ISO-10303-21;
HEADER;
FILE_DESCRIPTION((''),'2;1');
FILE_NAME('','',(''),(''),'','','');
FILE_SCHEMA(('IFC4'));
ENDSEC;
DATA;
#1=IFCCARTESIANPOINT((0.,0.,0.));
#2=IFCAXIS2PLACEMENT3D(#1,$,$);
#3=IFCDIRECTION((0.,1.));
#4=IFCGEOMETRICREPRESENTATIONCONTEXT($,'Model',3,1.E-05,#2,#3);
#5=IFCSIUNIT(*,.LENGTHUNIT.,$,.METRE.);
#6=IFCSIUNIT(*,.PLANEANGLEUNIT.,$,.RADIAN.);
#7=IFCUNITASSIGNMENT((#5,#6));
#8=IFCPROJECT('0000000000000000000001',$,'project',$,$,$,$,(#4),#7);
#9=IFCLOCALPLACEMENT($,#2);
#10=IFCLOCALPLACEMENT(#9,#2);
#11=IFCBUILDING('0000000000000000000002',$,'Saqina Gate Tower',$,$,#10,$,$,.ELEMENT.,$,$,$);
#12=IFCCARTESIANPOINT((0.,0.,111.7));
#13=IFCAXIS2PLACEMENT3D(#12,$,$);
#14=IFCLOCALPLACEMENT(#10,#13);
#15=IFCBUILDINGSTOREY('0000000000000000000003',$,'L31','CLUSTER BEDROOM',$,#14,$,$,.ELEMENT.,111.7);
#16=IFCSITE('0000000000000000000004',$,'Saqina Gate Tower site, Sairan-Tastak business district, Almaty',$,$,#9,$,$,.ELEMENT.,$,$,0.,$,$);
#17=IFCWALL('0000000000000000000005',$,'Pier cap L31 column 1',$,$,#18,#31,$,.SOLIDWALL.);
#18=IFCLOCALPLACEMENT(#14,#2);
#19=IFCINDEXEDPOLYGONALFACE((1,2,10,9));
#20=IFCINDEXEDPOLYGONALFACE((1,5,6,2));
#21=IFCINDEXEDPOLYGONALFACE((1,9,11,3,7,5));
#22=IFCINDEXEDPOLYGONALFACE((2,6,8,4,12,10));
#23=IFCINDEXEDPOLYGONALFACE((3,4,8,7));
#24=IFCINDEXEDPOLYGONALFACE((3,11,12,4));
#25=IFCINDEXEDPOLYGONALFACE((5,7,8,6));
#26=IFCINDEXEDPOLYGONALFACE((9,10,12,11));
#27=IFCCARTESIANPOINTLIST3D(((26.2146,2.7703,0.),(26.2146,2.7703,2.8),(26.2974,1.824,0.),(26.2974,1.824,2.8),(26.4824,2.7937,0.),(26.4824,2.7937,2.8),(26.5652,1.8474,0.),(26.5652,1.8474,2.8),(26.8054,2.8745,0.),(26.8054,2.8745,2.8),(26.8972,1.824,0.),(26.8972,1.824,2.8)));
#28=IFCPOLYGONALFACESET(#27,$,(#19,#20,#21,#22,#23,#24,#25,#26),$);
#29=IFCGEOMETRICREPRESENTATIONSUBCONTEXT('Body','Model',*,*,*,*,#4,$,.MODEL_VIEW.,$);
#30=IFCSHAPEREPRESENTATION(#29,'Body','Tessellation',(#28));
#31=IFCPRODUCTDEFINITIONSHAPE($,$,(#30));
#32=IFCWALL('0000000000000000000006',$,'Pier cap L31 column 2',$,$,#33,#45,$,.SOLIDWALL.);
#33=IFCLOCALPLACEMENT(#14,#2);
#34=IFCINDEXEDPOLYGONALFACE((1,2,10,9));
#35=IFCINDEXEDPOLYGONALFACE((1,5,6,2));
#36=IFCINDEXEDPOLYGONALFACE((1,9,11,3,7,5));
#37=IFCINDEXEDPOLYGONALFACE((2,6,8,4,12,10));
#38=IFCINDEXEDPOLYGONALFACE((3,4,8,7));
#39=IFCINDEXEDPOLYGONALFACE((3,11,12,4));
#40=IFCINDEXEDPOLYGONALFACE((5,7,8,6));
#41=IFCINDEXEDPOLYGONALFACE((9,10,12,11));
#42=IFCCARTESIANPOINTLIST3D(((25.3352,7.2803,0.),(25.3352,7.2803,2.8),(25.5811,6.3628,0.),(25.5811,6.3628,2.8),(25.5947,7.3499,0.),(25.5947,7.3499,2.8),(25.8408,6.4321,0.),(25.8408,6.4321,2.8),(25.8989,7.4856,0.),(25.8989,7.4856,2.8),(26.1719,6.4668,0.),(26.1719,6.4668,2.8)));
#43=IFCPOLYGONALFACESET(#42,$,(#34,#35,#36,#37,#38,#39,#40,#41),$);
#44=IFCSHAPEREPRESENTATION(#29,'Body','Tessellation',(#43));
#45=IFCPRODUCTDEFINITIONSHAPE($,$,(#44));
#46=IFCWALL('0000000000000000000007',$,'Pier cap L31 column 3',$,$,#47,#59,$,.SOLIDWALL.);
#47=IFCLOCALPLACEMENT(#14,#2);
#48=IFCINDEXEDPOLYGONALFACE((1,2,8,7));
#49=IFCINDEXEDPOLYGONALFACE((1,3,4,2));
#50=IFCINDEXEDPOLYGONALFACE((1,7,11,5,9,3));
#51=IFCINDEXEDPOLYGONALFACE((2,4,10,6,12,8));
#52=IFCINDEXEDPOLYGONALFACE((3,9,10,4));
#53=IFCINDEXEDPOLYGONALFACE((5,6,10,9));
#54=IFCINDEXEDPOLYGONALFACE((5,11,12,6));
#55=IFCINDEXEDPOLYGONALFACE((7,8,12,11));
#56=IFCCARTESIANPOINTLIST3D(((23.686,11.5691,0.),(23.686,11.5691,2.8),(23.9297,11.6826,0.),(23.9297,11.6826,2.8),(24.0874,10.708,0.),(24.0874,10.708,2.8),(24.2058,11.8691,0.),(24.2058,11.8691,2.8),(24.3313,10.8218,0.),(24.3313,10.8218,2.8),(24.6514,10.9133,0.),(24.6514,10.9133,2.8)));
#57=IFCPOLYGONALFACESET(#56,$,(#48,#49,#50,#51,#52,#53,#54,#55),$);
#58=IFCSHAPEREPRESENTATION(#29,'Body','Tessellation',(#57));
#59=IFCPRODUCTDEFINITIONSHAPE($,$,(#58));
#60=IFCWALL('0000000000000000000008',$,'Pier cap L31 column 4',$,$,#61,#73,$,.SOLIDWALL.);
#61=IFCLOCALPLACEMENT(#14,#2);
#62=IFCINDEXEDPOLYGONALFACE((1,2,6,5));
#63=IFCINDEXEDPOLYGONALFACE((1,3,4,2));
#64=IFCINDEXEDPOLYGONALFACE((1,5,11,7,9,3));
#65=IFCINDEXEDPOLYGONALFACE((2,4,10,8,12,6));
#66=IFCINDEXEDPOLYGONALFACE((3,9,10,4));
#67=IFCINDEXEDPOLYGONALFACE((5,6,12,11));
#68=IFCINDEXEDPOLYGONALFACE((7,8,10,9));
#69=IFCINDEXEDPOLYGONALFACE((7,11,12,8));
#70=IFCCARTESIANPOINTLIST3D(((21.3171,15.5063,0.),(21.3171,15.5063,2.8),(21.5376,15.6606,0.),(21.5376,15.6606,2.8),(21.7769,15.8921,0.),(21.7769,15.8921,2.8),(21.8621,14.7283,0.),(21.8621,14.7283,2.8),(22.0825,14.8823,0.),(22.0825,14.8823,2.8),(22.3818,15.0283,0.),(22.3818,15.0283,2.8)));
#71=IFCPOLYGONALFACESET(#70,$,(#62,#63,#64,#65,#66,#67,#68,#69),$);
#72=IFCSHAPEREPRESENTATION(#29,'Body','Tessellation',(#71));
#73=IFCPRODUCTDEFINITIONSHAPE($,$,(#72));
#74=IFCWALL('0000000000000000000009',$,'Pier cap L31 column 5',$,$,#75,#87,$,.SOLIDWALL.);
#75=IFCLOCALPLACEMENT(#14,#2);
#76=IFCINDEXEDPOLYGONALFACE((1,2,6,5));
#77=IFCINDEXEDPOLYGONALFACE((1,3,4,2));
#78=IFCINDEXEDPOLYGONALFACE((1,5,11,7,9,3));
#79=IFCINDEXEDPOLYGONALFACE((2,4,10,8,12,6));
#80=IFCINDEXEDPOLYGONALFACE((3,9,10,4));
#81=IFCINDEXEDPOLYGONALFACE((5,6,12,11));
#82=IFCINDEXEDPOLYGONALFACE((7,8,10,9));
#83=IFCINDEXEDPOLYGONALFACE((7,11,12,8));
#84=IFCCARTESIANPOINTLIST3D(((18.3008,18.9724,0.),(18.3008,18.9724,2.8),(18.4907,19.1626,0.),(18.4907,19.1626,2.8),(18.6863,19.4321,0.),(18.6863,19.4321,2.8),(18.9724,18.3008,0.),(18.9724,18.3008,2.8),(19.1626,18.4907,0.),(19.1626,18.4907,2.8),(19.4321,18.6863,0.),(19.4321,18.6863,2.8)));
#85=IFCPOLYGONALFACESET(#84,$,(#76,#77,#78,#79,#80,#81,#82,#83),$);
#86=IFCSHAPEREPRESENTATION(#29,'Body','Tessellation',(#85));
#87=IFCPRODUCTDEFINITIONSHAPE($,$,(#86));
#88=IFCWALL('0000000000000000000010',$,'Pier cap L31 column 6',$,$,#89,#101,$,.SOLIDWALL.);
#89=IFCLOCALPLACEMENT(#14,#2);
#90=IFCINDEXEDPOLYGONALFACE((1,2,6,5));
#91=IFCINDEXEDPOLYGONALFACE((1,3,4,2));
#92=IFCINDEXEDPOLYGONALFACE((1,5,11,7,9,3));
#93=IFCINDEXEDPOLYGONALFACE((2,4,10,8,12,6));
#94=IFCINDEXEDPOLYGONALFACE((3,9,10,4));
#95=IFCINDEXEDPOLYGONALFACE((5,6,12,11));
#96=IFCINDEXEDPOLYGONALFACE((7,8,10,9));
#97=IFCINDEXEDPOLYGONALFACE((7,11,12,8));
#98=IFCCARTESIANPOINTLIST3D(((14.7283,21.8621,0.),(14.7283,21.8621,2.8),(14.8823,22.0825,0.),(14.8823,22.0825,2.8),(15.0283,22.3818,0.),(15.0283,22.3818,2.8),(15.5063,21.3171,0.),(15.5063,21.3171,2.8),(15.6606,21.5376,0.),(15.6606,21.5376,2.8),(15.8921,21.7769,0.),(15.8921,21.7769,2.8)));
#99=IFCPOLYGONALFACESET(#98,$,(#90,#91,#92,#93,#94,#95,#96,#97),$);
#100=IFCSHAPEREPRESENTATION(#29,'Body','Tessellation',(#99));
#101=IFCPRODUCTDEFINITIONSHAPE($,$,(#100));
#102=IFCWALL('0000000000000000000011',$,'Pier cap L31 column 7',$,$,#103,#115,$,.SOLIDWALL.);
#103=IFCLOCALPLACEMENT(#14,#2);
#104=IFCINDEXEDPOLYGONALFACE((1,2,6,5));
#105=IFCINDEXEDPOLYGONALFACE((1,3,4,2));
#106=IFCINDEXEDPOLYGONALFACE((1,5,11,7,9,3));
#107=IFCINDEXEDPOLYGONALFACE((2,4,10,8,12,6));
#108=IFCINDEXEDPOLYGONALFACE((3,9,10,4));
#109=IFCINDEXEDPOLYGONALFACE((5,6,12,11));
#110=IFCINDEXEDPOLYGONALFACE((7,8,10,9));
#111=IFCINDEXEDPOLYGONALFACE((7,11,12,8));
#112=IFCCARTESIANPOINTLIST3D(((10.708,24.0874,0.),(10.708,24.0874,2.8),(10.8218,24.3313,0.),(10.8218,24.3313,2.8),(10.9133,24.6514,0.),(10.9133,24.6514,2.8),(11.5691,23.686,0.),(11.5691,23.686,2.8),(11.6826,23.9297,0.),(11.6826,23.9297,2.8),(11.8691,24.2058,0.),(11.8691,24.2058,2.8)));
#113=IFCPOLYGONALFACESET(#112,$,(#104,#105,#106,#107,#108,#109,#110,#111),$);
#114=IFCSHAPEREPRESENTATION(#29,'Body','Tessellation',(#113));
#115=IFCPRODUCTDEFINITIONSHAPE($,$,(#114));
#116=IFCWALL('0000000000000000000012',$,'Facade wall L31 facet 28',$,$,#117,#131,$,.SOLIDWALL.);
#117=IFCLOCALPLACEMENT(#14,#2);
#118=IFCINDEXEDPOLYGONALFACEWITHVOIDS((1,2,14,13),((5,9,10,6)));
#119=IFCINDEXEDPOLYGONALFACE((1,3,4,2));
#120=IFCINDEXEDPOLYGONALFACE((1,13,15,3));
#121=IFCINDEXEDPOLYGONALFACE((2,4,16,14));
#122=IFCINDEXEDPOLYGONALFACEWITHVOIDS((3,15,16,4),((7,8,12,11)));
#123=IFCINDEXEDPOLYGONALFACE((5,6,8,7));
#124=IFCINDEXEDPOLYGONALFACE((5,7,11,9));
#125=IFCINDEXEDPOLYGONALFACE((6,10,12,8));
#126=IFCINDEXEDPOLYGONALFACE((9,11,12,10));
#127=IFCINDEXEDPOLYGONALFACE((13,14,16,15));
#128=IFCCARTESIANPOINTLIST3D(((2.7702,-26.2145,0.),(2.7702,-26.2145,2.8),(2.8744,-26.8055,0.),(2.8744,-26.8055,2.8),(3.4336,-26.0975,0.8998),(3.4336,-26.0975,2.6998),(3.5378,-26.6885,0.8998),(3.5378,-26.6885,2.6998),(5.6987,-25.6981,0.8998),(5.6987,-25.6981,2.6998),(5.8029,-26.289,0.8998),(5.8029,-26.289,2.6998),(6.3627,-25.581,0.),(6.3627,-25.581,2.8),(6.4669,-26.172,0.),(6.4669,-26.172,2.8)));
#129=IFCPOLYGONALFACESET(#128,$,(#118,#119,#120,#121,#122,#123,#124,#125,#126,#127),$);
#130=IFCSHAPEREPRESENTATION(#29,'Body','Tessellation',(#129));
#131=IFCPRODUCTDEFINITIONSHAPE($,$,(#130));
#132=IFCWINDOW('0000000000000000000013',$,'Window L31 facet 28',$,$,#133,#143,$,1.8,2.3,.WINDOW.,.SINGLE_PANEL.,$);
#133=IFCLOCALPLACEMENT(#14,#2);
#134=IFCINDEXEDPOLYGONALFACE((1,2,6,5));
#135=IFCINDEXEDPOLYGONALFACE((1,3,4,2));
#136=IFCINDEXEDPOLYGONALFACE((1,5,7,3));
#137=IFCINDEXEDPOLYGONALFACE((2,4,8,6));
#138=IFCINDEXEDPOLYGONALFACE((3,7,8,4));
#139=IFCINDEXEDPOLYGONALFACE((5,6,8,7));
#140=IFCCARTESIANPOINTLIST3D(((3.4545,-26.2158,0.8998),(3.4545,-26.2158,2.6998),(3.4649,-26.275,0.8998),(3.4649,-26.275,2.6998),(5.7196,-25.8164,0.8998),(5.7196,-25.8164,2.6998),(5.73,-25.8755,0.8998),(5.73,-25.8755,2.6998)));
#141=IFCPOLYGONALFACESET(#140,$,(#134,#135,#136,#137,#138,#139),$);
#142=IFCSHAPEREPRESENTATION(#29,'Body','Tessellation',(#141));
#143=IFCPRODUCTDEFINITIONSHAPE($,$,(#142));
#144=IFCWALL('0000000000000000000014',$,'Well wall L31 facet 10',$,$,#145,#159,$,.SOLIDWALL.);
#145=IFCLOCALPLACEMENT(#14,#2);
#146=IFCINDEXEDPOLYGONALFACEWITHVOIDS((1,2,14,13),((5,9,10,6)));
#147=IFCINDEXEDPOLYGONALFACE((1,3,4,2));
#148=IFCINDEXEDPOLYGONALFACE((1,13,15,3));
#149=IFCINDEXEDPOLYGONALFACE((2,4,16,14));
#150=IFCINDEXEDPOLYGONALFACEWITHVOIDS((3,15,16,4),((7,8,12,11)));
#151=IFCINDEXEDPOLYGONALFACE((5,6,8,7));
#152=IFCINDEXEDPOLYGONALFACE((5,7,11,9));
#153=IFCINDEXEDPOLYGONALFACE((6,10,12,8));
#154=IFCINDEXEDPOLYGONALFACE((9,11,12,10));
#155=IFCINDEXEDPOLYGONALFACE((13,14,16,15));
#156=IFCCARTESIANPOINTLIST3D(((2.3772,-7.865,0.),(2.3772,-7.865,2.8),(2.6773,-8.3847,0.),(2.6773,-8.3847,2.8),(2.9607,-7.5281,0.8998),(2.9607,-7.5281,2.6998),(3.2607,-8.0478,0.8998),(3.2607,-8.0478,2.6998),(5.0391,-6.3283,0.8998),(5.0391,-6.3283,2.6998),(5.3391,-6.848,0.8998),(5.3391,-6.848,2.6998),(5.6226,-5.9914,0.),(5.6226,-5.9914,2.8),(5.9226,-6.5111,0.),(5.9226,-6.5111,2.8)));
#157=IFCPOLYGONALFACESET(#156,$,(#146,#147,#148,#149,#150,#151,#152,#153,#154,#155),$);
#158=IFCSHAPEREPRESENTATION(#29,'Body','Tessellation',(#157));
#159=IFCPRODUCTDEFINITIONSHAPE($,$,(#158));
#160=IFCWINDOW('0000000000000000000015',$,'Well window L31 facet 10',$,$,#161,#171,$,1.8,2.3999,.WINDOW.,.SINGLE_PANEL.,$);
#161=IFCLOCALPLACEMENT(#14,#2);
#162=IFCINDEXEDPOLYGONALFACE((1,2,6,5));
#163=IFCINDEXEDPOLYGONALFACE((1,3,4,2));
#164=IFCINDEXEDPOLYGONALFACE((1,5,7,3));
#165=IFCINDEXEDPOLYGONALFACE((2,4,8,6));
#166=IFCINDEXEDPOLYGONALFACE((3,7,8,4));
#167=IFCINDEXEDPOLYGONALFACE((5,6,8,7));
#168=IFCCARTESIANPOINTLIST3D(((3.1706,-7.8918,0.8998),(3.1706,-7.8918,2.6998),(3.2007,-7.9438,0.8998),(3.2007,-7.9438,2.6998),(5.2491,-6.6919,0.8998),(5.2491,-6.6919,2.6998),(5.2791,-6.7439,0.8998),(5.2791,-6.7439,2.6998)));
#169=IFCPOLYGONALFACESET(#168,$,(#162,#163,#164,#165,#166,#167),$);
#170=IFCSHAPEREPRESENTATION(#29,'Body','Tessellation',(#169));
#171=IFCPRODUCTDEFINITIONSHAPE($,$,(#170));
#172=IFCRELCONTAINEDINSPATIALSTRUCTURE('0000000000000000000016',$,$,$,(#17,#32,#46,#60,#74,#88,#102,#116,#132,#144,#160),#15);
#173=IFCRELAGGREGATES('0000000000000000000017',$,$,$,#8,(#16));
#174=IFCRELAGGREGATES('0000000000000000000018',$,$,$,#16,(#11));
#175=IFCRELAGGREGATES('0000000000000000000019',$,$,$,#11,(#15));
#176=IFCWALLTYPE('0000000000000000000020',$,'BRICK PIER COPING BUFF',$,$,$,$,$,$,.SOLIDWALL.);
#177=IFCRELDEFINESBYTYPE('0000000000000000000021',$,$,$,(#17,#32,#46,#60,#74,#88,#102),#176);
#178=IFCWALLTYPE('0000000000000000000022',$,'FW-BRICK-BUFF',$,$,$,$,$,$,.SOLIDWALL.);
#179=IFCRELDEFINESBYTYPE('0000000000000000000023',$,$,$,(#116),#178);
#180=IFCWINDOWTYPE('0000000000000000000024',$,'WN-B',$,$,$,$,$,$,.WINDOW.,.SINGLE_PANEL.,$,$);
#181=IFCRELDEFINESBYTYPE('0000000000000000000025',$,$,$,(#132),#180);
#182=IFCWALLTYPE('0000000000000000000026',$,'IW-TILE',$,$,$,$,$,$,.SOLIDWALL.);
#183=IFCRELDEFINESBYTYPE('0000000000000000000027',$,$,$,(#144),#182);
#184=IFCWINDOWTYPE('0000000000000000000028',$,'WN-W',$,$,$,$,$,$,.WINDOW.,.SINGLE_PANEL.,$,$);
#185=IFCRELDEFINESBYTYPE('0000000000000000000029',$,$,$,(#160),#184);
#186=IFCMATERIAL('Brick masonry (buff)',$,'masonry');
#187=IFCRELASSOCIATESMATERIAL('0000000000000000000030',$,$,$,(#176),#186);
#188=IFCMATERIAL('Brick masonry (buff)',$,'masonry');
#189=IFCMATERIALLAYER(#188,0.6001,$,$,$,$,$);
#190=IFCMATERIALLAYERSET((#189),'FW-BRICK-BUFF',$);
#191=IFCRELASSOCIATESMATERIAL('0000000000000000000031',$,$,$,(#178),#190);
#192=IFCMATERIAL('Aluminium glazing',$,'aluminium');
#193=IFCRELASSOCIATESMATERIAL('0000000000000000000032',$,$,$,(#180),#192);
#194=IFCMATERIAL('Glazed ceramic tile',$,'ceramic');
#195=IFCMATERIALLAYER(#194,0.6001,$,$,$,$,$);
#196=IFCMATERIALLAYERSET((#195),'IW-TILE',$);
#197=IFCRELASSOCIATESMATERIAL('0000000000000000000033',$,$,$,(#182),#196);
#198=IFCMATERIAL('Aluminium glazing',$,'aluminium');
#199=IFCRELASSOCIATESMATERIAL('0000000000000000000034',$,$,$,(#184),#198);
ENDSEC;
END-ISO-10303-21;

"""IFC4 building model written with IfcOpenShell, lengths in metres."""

from ifc_helpers import new_model, si_unit, direction, frame, frame_2d, origin, place, context, subcontext, project, spatial, polyline, rectangle, outline, extrude, material, layer, layer_set, type_object, element, fill, save


model = new_model("IFC4")

# Units and contexts
model_context = context("Model", 3, precision=1e-05, world=origin(), true_north=direction((0.0, 1.0)))
body_context = subcontext(model_context, "Body", "Model", "MODEL_VIEW")
ifc_project = project(units=[si_unit("LENGTHUNIT", "METRE"), si_unit("PLANEANGLEUNIT", "RADIAN")], contexts=[model_context])

# Site, building, storey
site_placement = place(None, origin())
site = spatial("IfcSite", under=ifc_project, at=site_placement, Name="Saqina Gate Tower site, Sairan-Tastak business district, Almaty", CompositionType="ELEMENT", RefElevation=0.0)
building_placement = place(site_placement, origin())
building = spatial("IfcBuilding", under=site, at=building_placement, Name="Saqina Gate Tower", CompositionType="ELEMENT")
storey_placement = place(building_placement, frame((0.0, 0.0, 111.7)))
storey = spatial("IfcBuildingStorey", under=building, at=storey_placement, Name="L31", Description="CLUSTER BEDROOM", CompositionType="ELEMENT", Elevation=111.7)

# Walls
ifc_material_1 = material(Name="Brick masonry (buff)", Category="masonry")
wall_type_1 = type_object("IfcWallType", Name="BRICK PIER COPING BUFF", PredefinedType="SOLIDWALL", material=ifc_material_1)
wall_1_placement = place(storey_placement, origin())
element("IfcWall", 1, at=wall_1_placement, inside=storey, type_object=wall_type_1, Name="Pier cap L31 column 1", PredefinedType="SOLIDWALL", context=body_context, shape_type="SweptSolid", body=[
    extrude(outline(polyline([(26.8054, 2.8745), (26.2146, 2.7703), (26.4824, 2.7937), (26.5652, 1.8474), (26.2974, 1.824), (26.8972, 1.824), (26.8054, 2.8745)])), origin(), (0.0, 0.0, 1.0), 2.8),
])
wall_2_placement = place(storey_placement, origin())
element("IfcWall", 2, at=wall_2_placement, inside=storey, type_object=wall_type_1, Name="Pier cap L31 column 2", PredefinedType="SOLIDWALL", context=body_context, shape_type="SweptSolid", body=[
    extrude(outline(polyline([(26.1719, 6.4668), (25.8989, 7.4856), (25.3352, 7.2803), (25.5947, 7.3499), (25.8408, 6.4321), (25.5811, 6.3628), (26.1719, 6.4668)])), origin(), (0.0, 0.0, 1.0), 2.8),
])
wall_3_placement = place(storey_placement, origin())
element("IfcWall", 3, at=wall_3_placement, inside=storey, type_object=wall_type_1, Name="Pier cap L31 column 3", PredefinedType="SOLIDWALL", context=body_context, shape_type="SweptSolid", body=[
    extrude(outline(polyline([(24.6514, 10.9133), (24.2058, 11.8691), (23.686, 11.5691), (23.9297, 11.6826), (24.3313, 10.8218), (24.0874, 10.708), (24.6514, 10.9133)])), origin(), (0.0, 0.0, 1.0), 2.8),
])
wall_4_placement = place(storey_placement, origin())
element("IfcWall", 4, at=wall_4_placement, inside=storey, type_object=wall_type_1, Name="Pier cap L31 column 4", PredefinedType="SOLIDWALL", context=body_context, shape_type="SweptSolid", body=[
    extrude(outline(polyline([(21.7769, 15.8921), (21.3171, 15.5063), (21.5376, 15.6606), (22.0825, 14.8823), (21.8621, 14.7283), (22.3818, 15.0283), (21.7769, 15.8921)])), origin(), (0.0, 0.0, 1.0), 2.8),
])
wall_5_placement = place(storey_placement, origin())
element("IfcWall", 5, at=wall_5_placement, inside=storey, type_object=wall_type_1, Name="Pier cap L31 column 5", PredefinedType="SOLIDWALL", context=body_context, shape_type="SweptSolid", body=[
    extrude(outline(polyline([(19.4321, 18.6863), (18.6863, 19.4321), (18.3008, 18.9724), (18.4907, 19.1626), (19.1626, 18.4907), (18.9724, 18.3008), (19.4321, 18.6863)])), origin(), (0.0, 0.0, 1.0), 2.8),
])
wall_6_placement = place(storey_placement, origin())
element("IfcWall", 6, at=wall_6_placement, inside=storey, type_object=wall_type_1, Name="Pier cap L31 column 6", PredefinedType="SOLIDWALL", context=body_context, shape_type="SweptSolid", body=[
    extrude(outline(polyline([(15.0283, 22.3818), (14.7283, 21.8621), (14.8823, 22.0825), (15.6606, 21.5376), (15.5063, 21.3171), (15.8921, 21.7769), (15.0283, 22.3818)])), origin(), (0.0, 0.0, 1.0), 2.8),
])
wall_7_placement = place(storey_placement, origin())
element("IfcWall", 7, at=wall_7_placement, inside=storey, type_object=wall_type_1, Name="Pier cap L31 column 7", PredefinedType="SOLIDWALL", context=body_context, shape_type="SweptSolid", body=[
    extrude(outline(polyline([(10.9133, 24.6514), (10.708, 24.0874), (10.8218, 24.3313), (11.6826, 23.9297), (11.5691, 23.686), (11.8691, 24.2058), (10.9133, 24.6514)])), origin(), (0.0, 0.0, 1.0), 2.8),
])

# Walls, openings, windows
ifc_material_2 = material(Name="Brick masonry (buff)", Category="masonry")
ifc_layer_1 = layer(ifc_material_2, 0.6001)
ifc_layer_set_1 = layer_set([ifc_layer_1], Name="FW-BRICK-BUFF")
wall_type_2 = type_object("IfcWallType", Name="FW-BRICK-BUFF", PredefinedType="SOLIDWALL", material=ifc_layer_set_1)
wall_8_placement = place(storey_placement, frame((2.8223, -26.51, 0.0), z_axis=(0.0, 0.0, 1.0), x_axis=(0.984804, 0.173671, 0.0)))
wall_8 = element("IfcWall", 8, at=wall_8_placement, inside=storey, type_object=wall_type_2, Name="Facade wall L31 facet 28", PredefinedType="SOLIDWALL", context=body_context, shape_type="SweptSolid", body=[
    extrude(rectangle(XDim=3.6479, YDim=0.6001, at=frame_2d((1.824, 0.0))), origin(), (0.0, 0.0, 1.0), 2.8),
])
opening_1_placement = place(wall_8_placement, frame((0.6738, 0.0, 0.8999)))
opening_1 = element("IfcOpeningElement", 9, at=opening_1_placement, cuts=wall_8, PredefinedType="OPENING", context=body_context, shape_type="SweptSolid", body=[
    extrude(rectangle(XDim=2.3, YDim=1.8, at=frame_2d((1.1499, 0.8999))), frame((0.0, 0.312, 0.0), z_axis=(0.0, -1.0, 0.0), x_axis=(1.0, 0.0, 0.0)), (0.0, 0.0, 1.0), 0.624),
])
ifc_material_3 = material(Name="Aluminium glazing", Category="aluminium")
window_type_1 = type_object("IfcWindowType", Name="WN-B", PartitioningType="SINGLE_PANEL", PredefinedType="WINDOW", material=ifc_material_3)
window_1_placement = place(opening_1_placement, origin())
window_1 = element("IfcWindow", 10, at=window_1_placement, inside=storey, type_object=window_type_1, Name="Window L31 facet 28", OverallHeight=1.8, OverallWidth=2.3, PartitioningType="SINGLE_PANEL", PredefinedType="WINDOW", context=body_context, shape_type="SweptSolid", body=[
    extrude(rectangle(XDim=2.3, YDim=1.8, at=frame_2d((1.1499, 0.8999))), frame((0.0, 0.1799, 0.0), z_axis=(0.0, -1.0, 0.0), x_axis=(1.0, 0.0, 0.0)), (0.0, 0.0, 1.0), 0.0601),
])
fill(opening_1, window_1)
ifc_material_4 = material(Name="Glazed ceramic tile", Category="ceramic")
ifc_layer_2 = layer(ifc_material_4, 0.6001)
ifc_layer_set_2 = layer_set([ifc_layer_2], Name="IW-TILE")
wall_type_3 = type_object("IfcWallType", Name="IW-TILE", PredefinedType="SOLIDWALL", material=ifc_layer_set_2)
wall_9_placement = place(storey_placement, frame((2.5273, -8.1248, 0.0), z_axis=(0.0, 0.0, 1.0), x_axis=(0.866046, 0.499965, 0.0)))
wall_9 = element("IfcWall", 11, at=wall_9_placement, inside=storey, type_object=wall_type_3, Name="Well wall L31 facet 10", PredefinedType="SOLIDWALL", context=body_context, shape_type="SweptSolid", body=[
    extrude(rectangle(XDim=3.7473, YDim=0.6001, at=frame_2d((1.8735, 0.0))), origin(), (0.0, 0.0, 1.0), 2.8),
])
opening_2_placement = place(wall_9_placement, frame((0.6736, 0.0, 0.8999)))
opening_2 = element("IfcOpeningElement", 12, at=opening_2_placement, cuts=wall_9, PredefinedType="OPENING", context=body_context, shape_type="SweptSolid", body=[
    extrude(rectangle(XDim=2.3999, YDim=1.8, at=frame_2d((1.2, 0.8999))), frame((0.0, 0.312, 0.0), z_axis=(0.0, -1.0, 0.0), x_axis=(1.0, 0.0, 0.0)), (0.0, 0.0, 1.0), 0.624),
])
ifc_material_5 = material(Name="Aluminium glazing", Category="aluminium")
window_type_2 = type_object("IfcWindowType", Name="WN-W", PartitioningType="SINGLE_PANEL", PredefinedType="WINDOW", material=ifc_material_5)
window_2_placement = place(opening_2_placement, origin())
window_2 = element("IfcWindow", 13, at=window_2_placement, inside=storey, type_object=window_type_2, Name="Well window L31 facet 10", OverallHeight=1.8, OverallWidth=2.3999, PartitioningType="SINGLE_PANEL", PredefinedType="WINDOW", context=body_context, shape_type="SweptSolid", body=[
    extrude(rectangle(XDim=2.3999, YDim=1.8, at=frame_2d((1.2, 0.8999))), frame((0.0, -0.1199, 0.0), z_axis=(0.0, -1.0, 0.0), x_axis=(1.0, 0.0, 0.0)), (0.0, 0.0, 1.0), 0.0601),
])
fill(opening_2, window_2)

save(model, "model.ifc")
